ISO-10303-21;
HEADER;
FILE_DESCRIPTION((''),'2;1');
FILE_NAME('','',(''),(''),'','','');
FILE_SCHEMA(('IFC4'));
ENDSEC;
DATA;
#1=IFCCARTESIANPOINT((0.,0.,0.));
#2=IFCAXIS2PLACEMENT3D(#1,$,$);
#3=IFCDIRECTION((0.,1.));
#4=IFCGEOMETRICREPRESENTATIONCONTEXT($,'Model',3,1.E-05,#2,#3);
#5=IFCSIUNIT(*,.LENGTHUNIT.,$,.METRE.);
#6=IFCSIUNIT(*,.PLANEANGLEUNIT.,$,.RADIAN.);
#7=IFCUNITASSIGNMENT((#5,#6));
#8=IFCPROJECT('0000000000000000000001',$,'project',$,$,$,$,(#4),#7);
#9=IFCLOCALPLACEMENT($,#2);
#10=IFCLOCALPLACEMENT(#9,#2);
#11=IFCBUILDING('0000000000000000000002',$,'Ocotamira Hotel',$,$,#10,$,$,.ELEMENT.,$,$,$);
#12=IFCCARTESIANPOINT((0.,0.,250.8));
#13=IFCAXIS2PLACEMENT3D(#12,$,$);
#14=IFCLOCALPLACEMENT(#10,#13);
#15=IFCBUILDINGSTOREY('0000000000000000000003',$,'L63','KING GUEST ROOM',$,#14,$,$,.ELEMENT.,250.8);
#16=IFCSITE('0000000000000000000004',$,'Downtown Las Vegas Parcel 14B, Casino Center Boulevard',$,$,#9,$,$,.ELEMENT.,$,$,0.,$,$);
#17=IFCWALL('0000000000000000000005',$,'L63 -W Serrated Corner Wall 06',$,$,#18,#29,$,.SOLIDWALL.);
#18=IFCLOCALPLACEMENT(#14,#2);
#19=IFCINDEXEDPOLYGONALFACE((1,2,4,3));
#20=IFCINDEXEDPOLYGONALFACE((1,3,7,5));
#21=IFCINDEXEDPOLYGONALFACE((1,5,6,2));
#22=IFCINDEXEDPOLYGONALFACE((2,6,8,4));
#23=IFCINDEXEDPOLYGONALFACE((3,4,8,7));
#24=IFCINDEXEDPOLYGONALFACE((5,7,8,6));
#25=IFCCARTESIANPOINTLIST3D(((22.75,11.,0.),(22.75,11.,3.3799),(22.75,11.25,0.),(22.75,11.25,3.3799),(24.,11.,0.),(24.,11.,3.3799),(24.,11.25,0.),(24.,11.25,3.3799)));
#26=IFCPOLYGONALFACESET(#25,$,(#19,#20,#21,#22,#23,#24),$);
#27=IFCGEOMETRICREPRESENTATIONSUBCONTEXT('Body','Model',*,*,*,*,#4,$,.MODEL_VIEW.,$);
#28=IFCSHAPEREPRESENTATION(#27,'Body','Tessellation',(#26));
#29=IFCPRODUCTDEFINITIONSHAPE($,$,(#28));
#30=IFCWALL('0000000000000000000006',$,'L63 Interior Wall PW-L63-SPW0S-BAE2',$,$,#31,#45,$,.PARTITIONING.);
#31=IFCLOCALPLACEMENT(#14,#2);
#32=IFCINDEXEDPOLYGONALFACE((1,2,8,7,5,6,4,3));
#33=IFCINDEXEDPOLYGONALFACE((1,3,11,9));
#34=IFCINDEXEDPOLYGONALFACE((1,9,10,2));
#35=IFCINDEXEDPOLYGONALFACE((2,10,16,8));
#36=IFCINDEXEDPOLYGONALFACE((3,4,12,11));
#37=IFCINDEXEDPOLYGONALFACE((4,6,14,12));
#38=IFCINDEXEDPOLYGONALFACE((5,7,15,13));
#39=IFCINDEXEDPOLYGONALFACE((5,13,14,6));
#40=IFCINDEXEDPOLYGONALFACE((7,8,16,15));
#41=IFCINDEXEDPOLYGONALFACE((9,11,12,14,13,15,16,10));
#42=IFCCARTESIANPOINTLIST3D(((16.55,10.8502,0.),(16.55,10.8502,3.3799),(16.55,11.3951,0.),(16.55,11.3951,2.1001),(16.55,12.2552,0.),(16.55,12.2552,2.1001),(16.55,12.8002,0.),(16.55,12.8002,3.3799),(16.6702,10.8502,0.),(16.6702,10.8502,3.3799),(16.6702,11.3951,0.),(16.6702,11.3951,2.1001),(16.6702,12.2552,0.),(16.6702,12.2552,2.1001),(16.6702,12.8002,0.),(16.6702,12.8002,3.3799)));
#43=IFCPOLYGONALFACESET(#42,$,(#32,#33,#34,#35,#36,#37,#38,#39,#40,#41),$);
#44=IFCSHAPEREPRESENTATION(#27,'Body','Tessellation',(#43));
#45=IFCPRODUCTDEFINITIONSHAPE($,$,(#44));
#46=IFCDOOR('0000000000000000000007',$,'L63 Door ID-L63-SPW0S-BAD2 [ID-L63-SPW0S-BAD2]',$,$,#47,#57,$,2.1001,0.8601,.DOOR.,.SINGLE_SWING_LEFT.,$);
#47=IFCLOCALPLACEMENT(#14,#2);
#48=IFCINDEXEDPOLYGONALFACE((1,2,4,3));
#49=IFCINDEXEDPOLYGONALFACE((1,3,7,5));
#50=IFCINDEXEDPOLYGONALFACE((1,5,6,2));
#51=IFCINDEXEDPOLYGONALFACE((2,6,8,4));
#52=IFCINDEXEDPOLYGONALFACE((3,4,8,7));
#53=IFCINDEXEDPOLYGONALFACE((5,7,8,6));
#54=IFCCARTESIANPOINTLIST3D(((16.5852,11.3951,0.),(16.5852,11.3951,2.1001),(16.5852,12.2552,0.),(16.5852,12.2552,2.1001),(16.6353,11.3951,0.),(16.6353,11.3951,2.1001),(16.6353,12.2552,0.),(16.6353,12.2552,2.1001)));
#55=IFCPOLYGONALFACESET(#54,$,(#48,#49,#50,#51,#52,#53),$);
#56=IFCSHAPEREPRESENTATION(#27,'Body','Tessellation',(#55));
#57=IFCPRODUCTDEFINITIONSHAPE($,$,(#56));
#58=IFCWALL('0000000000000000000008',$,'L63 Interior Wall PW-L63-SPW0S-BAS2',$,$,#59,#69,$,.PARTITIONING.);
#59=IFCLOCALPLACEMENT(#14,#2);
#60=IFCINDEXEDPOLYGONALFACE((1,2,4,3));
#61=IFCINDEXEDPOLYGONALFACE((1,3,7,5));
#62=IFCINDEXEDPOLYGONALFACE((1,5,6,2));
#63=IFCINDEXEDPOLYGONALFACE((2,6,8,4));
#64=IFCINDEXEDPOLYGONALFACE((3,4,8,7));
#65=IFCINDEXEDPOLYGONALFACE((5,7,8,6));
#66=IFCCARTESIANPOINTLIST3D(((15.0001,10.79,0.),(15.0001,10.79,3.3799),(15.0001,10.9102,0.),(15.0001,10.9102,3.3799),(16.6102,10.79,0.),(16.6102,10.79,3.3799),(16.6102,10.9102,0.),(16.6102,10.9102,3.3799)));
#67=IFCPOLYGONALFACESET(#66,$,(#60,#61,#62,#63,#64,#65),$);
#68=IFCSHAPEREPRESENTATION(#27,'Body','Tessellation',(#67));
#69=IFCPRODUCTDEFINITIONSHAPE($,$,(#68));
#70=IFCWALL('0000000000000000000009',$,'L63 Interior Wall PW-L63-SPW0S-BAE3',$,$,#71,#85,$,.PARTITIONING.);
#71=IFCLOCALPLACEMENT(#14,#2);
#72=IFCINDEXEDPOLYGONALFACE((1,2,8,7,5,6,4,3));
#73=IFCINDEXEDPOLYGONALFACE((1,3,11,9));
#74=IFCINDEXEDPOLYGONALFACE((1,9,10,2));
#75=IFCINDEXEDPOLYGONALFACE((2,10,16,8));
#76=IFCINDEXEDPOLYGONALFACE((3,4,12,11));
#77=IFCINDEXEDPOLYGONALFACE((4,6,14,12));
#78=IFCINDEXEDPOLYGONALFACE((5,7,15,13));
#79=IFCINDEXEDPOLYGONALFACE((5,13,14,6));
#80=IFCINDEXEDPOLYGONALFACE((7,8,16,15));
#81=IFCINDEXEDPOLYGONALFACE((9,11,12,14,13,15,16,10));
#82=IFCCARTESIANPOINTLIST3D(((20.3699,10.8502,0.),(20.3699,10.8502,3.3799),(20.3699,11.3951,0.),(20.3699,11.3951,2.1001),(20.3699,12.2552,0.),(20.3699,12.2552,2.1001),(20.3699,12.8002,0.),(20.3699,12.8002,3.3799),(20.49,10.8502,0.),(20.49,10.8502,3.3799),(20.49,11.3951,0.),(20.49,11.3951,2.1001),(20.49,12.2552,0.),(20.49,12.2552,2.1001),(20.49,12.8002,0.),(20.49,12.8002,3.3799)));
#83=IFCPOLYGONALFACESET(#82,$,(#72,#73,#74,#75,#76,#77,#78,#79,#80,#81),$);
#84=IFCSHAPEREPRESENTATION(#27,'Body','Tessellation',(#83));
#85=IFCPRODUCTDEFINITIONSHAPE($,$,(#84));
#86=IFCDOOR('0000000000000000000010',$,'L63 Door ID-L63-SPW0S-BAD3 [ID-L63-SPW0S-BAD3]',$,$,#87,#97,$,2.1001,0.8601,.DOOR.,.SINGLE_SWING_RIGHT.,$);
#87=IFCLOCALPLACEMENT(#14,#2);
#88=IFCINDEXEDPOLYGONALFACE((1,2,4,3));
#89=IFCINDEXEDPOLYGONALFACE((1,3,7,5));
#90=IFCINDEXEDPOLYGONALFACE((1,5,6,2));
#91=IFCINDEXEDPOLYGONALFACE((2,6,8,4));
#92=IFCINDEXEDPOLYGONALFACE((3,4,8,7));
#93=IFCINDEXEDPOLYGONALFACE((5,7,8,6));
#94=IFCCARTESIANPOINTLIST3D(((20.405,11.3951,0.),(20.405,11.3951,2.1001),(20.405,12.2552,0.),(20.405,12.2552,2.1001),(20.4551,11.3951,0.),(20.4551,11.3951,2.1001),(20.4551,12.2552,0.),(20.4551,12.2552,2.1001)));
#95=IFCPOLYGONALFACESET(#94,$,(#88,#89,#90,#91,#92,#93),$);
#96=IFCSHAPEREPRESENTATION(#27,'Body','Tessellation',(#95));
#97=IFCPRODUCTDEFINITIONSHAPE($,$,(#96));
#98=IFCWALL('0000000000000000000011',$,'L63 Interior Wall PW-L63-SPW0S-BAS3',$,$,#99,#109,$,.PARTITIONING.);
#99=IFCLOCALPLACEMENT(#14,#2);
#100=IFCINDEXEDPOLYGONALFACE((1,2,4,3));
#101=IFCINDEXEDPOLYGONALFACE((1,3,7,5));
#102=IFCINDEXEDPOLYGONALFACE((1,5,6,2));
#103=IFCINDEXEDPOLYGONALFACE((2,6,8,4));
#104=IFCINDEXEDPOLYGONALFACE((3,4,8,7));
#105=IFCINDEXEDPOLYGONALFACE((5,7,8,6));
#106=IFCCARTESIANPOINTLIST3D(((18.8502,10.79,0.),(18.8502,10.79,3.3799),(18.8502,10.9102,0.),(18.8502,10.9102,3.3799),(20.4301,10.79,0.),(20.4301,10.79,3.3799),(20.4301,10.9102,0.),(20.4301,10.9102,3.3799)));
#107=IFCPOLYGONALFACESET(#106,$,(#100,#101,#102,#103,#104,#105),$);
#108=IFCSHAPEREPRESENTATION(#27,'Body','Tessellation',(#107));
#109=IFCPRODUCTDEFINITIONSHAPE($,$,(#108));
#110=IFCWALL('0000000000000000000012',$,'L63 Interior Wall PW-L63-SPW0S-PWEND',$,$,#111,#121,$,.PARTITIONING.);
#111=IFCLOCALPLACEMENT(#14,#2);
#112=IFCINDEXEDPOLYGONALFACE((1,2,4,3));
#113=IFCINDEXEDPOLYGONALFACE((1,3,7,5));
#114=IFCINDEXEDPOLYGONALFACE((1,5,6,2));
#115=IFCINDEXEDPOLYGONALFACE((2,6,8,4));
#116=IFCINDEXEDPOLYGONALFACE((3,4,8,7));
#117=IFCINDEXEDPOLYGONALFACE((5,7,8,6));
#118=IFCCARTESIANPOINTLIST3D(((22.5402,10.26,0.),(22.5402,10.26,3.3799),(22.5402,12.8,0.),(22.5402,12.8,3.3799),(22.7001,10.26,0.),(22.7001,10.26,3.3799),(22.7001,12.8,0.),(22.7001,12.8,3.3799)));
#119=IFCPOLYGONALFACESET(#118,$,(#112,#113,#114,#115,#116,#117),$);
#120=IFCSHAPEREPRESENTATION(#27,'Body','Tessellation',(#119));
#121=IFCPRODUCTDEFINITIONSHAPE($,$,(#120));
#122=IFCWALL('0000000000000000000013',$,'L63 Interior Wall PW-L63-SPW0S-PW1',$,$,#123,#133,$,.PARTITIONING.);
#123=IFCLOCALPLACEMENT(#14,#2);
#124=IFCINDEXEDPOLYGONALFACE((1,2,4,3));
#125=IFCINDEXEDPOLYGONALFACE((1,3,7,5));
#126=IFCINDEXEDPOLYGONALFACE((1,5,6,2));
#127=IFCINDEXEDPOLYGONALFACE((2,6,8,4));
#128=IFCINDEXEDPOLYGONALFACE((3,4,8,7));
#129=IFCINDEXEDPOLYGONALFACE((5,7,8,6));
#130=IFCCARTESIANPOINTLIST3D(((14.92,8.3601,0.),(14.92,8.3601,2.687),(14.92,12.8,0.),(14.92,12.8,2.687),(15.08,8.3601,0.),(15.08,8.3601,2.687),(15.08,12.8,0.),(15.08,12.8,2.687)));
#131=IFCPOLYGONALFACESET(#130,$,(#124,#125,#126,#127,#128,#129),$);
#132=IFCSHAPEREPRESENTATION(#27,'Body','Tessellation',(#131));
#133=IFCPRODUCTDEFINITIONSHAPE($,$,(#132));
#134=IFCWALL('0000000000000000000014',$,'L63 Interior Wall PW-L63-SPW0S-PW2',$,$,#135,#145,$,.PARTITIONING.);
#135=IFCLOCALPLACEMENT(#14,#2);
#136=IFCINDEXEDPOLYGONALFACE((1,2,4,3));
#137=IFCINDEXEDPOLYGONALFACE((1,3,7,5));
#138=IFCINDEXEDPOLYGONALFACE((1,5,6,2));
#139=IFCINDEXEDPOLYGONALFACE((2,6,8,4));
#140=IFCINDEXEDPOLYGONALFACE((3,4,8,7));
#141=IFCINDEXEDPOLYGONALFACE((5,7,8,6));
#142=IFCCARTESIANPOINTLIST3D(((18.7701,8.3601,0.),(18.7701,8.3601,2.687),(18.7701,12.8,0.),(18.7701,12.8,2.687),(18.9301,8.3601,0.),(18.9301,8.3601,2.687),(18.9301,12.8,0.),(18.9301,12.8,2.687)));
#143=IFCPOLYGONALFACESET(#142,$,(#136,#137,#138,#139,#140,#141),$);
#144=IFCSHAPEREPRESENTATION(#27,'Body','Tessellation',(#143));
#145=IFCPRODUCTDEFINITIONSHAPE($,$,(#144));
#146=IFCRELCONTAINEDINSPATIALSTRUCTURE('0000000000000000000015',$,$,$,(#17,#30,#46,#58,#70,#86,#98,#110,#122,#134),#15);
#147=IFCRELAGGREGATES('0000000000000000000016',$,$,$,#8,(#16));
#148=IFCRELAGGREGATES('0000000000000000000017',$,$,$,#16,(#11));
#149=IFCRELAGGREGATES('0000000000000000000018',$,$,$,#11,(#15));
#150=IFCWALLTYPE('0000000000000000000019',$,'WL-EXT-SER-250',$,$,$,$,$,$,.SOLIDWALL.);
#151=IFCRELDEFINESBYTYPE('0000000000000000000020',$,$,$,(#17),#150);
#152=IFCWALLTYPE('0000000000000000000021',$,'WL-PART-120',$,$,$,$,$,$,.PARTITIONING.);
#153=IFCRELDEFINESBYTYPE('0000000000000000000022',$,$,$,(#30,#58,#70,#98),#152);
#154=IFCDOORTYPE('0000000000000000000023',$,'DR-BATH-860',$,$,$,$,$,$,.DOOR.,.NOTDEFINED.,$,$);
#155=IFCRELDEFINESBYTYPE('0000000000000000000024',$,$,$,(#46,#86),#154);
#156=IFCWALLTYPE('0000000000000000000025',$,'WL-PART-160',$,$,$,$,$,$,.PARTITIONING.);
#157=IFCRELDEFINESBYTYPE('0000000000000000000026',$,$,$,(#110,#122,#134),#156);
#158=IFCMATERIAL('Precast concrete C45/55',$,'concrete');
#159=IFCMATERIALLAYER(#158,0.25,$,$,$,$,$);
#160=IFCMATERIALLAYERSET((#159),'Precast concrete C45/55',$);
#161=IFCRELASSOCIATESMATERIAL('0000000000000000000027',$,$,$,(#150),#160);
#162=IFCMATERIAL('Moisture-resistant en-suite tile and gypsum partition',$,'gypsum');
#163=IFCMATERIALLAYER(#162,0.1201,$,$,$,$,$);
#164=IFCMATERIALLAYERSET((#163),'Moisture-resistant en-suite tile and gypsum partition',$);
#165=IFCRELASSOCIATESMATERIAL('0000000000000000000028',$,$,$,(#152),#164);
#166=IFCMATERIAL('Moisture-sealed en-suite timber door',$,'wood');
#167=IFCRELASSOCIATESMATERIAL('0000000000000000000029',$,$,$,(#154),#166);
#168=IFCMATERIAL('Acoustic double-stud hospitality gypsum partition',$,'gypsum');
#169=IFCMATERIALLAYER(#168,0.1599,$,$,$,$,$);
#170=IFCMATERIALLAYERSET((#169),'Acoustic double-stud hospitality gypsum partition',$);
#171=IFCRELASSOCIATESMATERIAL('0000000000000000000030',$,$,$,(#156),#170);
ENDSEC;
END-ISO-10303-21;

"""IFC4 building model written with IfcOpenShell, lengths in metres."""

from ifc_helpers import new_model, si_unit, direction, frame, frame_2d, origin, place, context, subcontext, project, spatial, rectangle, extrude, source, transform, mapped, material, layer, layer_set, type_object, element, fill, save


model = new_model("IFC4")

# Units and contexts
model_context = context("Model", 3, precision=1e-05, world=origin(), true_north=direction((0.0, 1.0)))
body_context = subcontext(model_context, "Body", "Model", "MODEL_VIEW")
ifc_project = project(units=[si_unit("LENGTHUNIT", "METRE"), si_unit("PLANEANGLEUNIT", "RADIAN")], contexts=[model_context])

# Site, building, storey
site_placement = place(None, origin())
site = spatial("IfcSite", under=ifc_project, at=site_placement, Name="Downtown Las Vegas Parcel 14B, Casino Center Boulevard", CompositionType="ELEMENT", RefElevation=0.0)
building_placement = place(site_placement, origin())
building = spatial("IfcBuilding", under=site, at=building_placement, Name="Ocotamira Hotel", CompositionType="ELEMENT")
storey_placement = place(building_placement, frame((0.0, 0.0, 250.8)))
storey = spatial("IfcBuildingStorey", under=building, at=storey_placement, Name="L63", Description="KING GUEST ROOM", CompositionType="ELEMENT", Elevation=250.8)

# Wall
ifc_material_1 = material(Name="Precast concrete C45/55", Category="concrete")
ifc_layer_1 = layer(ifc_material_1, 0.25)
ifc_layer_set_1 = layer_set([ifc_layer_1], Name="Precast concrete C45/55")
wall_type_1 = type_object("IfcWallType", Name="WL-EXT-SER-250", PredefinedType="SOLIDWALL", material=ifc_layer_set_1)
wall_1_placement = place(storey_placement, frame((22.75, 11.125, 0.0), z_axis=(0.0, 0.0, 1.0), x_axis=(1.0, 0.0, 0.0)))
element("IfcWall", 1, at=wall_1_placement, inside=storey, type_object=wall_type_1, Name="L63 -W Serrated Corner Wall 06", PredefinedType="SOLIDWALL", context=body_context, shape_type="SweptSolid", body=[
    extrude(rectangle(XDim=1.25, YDim=0.25, at=frame_2d((0.625, 0.0))), origin(), (0.0, 0.0, 1.0), 3.3799),
])

# Wall, opening, door
ifc_material_2 = material(Name="Moisture-resistant en-suite tile and gypsum partition", Category="gypsum")
ifc_layer_2 = layer(ifc_material_2, 0.1201)
ifc_layer_set_2 = layer_set([ifc_layer_2], Name="Moisture-resistant en-suite tile and gypsum partition")
wall_type_2 = type_object("IfcWallType", Name="WL-PART-120", PredefinedType="PARTITIONING", material=ifc_layer_set_2)
wall_2_placement = place(storey_placement, frame((16.6101, 10.8501, 0.0), z_axis=(0.0, 0.0, 1.0), x_axis=(0.0, 1.0, 0.0)))
wall_2 = element("IfcWall", 2, at=wall_2_placement, inside=storey, type_object=wall_type_2, Name="L63 Interior Wall PW-L63-SPW0S-BAE2", PredefinedType="PARTITIONING", context=body_context, shape_type="SweptSolid", body=[
    extrude(rectangle(XDim=1.95, YDim=0.1201, at=frame_2d((0.9751, 0.0))), origin(), (0.0, 0.0, 1.0), 3.3799),
])
opening_1_placement = place(wall_2_placement, frame((0.5449, 0.0, 0.0)))
opening_1 = element("IfcOpeningElement", 3, at=opening_1_placement, cuts=wall_2, PredefinedType="OPENING", context=body_context, shape_type="SweptSolid", body=[
    extrude(rectangle(XDim=0.8601, YDim=2.1001, at=frame_2d((0.4302, 1.05))), frame((0.0, 0.0701, 0.0), z_axis=(0.0, -1.0, 0.0), x_axis=(1.0, 0.0, 0.0)), (0.0, 0.0, 1.0), 0.1401),
])
ifc_material_3 = material(Name="Moisture-sealed en-suite timber door", Category="wood")
door_type = type_object("IfcDoorType", Name="DR-BATH-860", OperationType="NOTDEFINED", PredefinedType="DOOR", material=ifc_material_3)
shared_shape_1 = source(origin(), body_context, "Body", "SweptSolid", [
    extrude(rectangle(XDim=0.8601, YDim=2.1001, at=frame_2d((0.4302, 1.05))), frame((0.0, 0.0249, 0.0), z_axis=(0.0, -1.0, 0.0), x_axis=(1.0, 0.0, 0.0)), (0.0, 0.0, 1.0), 0.05),
])
door_1_placement = place(opening_1_placement, origin())
door_1 = element("IfcDoor", 4, at=door_1_placement, inside=storey, type_object=door_type, Name="L63 Door ID-L63-SPW0S-BAD2 [ID-L63-SPW0S-BAD2]", OperationType="SINGLE_SWING_LEFT", OverallHeight=2.1001, OverallWidth=0.8601, PredefinedType="DOOR", context=body_context, shape_type="MappedRepresentation", body=[
    mapped(shared_shape_1, transform((0.0, 0.0, 0.0), scale=1.0)),
])
fill(opening_1, door_1)

# Wall
wall_3_placement = place(storey_placement, frame((15.0, 10.8501, 0.0), z_axis=(0.0, 0.0, 1.0), x_axis=(1.0, 0.0, 0.0)))
element("IfcWall", 5, at=wall_3_placement, inside=storey, type_object=wall_type_2, Name="L63 Interior Wall PW-L63-SPW0S-BAS2", PredefinedType="PARTITIONING", context=body_context, shape_type="SweptSolid", body=[
    extrude(rectangle(XDim=1.6101, YDim=0.1201, at=frame_2d((0.8052, 0.0))), origin(), (0.0, 0.0, 1.0), 3.3799),
])

# Wall, opening, door
wall_4_placement = place(storey_placement, frame((20.4299, 10.8501, 0.0), z_axis=(0.0, 0.0, 1.0), x_axis=(0.0, 1.0, 0.0)))
wall_4 = element("IfcWall", 6, at=wall_4_placement, inside=storey, type_object=wall_type_2, Name="L63 Interior Wall PW-L63-SPW0S-BAE3", PredefinedType="PARTITIONING", context=body_context, shape_type="SweptSolid", body=[
    extrude(rectangle(XDim=1.95, YDim=0.1201, at=frame_2d((0.9751, 0.0))), origin(), (0.0, 0.0, 1.0), 3.3799),
])
opening_2_placement = place(wall_4_placement, frame((0.5449, 0.0, 0.0)))
opening_2 = element("IfcOpeningElement", 7, at=opening_2_placement, cuts=wall_4, PredefinedType="OPENING", context=body_context, shape_type="SweptSolid", body=[
    extrude(rectangle(XDim=0.8601, YDim=2.1001, at=frame_2d((0.4302, 1.05))), frame((0.0, 0.0701, 0.0), z_axis=(0.0, -1.0, 0.0), x_axis=(1.0, 0.0, 0.0)), (0.0, 0.0, 1.0), 0.1401),
])
door_2_placement = place(opening_2_placement, origin())
door_2 = element("IfcDoor", 8, at=door_2_placement, inside=storey, type_object=door_type, Name="L63 Door ID-L63-SPW0S-BAD3 [ID-L63-SPW0S-BAD3]", OperationType="SINGLE_SWING_RIGHT", OverallHeight=2.1001, OverallWidth=0.8601, PredefinedType="DOOR", context=body_context, shape_type="MappedRepresentation", body=[
    mapped(shared_shape_1, transform((0.0, 0.0, 0.0), scale=1.0)),
])
fill(opening_2, door_2)

# Walls
wall_5_placement = place(storey_placement, frame((18.8501, 10.8501, 0.0), z_axis=(0.0, 0.0, 1.0), x_axis=(1.0, 0.0, 0.0)))
element("IfcWall", 9, at=wall_5_placement, inside=storey, type_object=wall_type_2, Name="L63 Interior Wall PW-L63-SPW0S-BAS3", PredefinedType="PARTITIONING", context=body_context, shape_type="SweptSolid", body=[
    extrude(rectangle(XDim=1.5798, YDim=0.1201, at=frame_2d((0.79, 0.0))), origin(), (0.0, 0.0, 1.0), 3.3799),
])
ifc_material_4 = material(Name="Acoustic double-stud hospitality gypsum partition", Category="gypsum")
ifc_layer_3 = layer(ifc_material_4, 0.1599)
ifc_layer_set_3 = layer_set([ifc_layer_3], Name="Acoustic double-stud hospitality gypsum partition")
wall_type_3 = type_object("IfcWallType", Name="WL-PART-160", PredefinedType="PARTITIONING", material=ifc_layer_set_3)
wall_6_placement = place(storey_placement, frame((22.6201, 10.26, 0.0), z_axis=(0.0, 0.0, 1.0), x_axis=(0.0, 1.0, 0.0)))
element("IfcWall", 10, at=wall_6_placement, inside=storey, type_object=wall_type_3, Name="L63 Interior Wall PW-L63-SPW0S-PWEND", PredefinedType="PARTITIONING", context=body_context, shape_type="SweptSolid", body=[
    extrude(rectangle(XDim=2.54, YDim=0.1599, at=frame_2d((1.27, 0.0))), origin(), (0.0, 0.0, 1.0), 3.3799),
])
for number, where, z_axis, x_axis, name in (
    (11, (15.0, 8.3601, 0.0), (0.0, 0.0, 1.0), (0.0, 1.0, 0.0), "L63 Interior Wall PW-L63-SPW0S-PW1"),
    (12, (18.8501, 8.3601, 0.0), (0.0, 0.0, 1.0), (0.0, 1.0, 0.0), "L63 Interior Wall PW-L63-SPW0S-PW2"),
):
    element("IfcWall", number, at=place(storey_placement, frame(where, z_axis=z_axis, x_axis=x_axis)), inside=storey, type_object=wall_type_3, Name=name, PredefinedType="PARTITIONING", context=body_context, shape_type="SweptSolid", body=[
        extrude(rectangle(XDim=4.4399, YDim=0.1599, at=frame_2d((2.22, 0.0))), origin(), (0.0, 0.0, 1.0), 2.687),
    ])

save(model, "model.ifc")
